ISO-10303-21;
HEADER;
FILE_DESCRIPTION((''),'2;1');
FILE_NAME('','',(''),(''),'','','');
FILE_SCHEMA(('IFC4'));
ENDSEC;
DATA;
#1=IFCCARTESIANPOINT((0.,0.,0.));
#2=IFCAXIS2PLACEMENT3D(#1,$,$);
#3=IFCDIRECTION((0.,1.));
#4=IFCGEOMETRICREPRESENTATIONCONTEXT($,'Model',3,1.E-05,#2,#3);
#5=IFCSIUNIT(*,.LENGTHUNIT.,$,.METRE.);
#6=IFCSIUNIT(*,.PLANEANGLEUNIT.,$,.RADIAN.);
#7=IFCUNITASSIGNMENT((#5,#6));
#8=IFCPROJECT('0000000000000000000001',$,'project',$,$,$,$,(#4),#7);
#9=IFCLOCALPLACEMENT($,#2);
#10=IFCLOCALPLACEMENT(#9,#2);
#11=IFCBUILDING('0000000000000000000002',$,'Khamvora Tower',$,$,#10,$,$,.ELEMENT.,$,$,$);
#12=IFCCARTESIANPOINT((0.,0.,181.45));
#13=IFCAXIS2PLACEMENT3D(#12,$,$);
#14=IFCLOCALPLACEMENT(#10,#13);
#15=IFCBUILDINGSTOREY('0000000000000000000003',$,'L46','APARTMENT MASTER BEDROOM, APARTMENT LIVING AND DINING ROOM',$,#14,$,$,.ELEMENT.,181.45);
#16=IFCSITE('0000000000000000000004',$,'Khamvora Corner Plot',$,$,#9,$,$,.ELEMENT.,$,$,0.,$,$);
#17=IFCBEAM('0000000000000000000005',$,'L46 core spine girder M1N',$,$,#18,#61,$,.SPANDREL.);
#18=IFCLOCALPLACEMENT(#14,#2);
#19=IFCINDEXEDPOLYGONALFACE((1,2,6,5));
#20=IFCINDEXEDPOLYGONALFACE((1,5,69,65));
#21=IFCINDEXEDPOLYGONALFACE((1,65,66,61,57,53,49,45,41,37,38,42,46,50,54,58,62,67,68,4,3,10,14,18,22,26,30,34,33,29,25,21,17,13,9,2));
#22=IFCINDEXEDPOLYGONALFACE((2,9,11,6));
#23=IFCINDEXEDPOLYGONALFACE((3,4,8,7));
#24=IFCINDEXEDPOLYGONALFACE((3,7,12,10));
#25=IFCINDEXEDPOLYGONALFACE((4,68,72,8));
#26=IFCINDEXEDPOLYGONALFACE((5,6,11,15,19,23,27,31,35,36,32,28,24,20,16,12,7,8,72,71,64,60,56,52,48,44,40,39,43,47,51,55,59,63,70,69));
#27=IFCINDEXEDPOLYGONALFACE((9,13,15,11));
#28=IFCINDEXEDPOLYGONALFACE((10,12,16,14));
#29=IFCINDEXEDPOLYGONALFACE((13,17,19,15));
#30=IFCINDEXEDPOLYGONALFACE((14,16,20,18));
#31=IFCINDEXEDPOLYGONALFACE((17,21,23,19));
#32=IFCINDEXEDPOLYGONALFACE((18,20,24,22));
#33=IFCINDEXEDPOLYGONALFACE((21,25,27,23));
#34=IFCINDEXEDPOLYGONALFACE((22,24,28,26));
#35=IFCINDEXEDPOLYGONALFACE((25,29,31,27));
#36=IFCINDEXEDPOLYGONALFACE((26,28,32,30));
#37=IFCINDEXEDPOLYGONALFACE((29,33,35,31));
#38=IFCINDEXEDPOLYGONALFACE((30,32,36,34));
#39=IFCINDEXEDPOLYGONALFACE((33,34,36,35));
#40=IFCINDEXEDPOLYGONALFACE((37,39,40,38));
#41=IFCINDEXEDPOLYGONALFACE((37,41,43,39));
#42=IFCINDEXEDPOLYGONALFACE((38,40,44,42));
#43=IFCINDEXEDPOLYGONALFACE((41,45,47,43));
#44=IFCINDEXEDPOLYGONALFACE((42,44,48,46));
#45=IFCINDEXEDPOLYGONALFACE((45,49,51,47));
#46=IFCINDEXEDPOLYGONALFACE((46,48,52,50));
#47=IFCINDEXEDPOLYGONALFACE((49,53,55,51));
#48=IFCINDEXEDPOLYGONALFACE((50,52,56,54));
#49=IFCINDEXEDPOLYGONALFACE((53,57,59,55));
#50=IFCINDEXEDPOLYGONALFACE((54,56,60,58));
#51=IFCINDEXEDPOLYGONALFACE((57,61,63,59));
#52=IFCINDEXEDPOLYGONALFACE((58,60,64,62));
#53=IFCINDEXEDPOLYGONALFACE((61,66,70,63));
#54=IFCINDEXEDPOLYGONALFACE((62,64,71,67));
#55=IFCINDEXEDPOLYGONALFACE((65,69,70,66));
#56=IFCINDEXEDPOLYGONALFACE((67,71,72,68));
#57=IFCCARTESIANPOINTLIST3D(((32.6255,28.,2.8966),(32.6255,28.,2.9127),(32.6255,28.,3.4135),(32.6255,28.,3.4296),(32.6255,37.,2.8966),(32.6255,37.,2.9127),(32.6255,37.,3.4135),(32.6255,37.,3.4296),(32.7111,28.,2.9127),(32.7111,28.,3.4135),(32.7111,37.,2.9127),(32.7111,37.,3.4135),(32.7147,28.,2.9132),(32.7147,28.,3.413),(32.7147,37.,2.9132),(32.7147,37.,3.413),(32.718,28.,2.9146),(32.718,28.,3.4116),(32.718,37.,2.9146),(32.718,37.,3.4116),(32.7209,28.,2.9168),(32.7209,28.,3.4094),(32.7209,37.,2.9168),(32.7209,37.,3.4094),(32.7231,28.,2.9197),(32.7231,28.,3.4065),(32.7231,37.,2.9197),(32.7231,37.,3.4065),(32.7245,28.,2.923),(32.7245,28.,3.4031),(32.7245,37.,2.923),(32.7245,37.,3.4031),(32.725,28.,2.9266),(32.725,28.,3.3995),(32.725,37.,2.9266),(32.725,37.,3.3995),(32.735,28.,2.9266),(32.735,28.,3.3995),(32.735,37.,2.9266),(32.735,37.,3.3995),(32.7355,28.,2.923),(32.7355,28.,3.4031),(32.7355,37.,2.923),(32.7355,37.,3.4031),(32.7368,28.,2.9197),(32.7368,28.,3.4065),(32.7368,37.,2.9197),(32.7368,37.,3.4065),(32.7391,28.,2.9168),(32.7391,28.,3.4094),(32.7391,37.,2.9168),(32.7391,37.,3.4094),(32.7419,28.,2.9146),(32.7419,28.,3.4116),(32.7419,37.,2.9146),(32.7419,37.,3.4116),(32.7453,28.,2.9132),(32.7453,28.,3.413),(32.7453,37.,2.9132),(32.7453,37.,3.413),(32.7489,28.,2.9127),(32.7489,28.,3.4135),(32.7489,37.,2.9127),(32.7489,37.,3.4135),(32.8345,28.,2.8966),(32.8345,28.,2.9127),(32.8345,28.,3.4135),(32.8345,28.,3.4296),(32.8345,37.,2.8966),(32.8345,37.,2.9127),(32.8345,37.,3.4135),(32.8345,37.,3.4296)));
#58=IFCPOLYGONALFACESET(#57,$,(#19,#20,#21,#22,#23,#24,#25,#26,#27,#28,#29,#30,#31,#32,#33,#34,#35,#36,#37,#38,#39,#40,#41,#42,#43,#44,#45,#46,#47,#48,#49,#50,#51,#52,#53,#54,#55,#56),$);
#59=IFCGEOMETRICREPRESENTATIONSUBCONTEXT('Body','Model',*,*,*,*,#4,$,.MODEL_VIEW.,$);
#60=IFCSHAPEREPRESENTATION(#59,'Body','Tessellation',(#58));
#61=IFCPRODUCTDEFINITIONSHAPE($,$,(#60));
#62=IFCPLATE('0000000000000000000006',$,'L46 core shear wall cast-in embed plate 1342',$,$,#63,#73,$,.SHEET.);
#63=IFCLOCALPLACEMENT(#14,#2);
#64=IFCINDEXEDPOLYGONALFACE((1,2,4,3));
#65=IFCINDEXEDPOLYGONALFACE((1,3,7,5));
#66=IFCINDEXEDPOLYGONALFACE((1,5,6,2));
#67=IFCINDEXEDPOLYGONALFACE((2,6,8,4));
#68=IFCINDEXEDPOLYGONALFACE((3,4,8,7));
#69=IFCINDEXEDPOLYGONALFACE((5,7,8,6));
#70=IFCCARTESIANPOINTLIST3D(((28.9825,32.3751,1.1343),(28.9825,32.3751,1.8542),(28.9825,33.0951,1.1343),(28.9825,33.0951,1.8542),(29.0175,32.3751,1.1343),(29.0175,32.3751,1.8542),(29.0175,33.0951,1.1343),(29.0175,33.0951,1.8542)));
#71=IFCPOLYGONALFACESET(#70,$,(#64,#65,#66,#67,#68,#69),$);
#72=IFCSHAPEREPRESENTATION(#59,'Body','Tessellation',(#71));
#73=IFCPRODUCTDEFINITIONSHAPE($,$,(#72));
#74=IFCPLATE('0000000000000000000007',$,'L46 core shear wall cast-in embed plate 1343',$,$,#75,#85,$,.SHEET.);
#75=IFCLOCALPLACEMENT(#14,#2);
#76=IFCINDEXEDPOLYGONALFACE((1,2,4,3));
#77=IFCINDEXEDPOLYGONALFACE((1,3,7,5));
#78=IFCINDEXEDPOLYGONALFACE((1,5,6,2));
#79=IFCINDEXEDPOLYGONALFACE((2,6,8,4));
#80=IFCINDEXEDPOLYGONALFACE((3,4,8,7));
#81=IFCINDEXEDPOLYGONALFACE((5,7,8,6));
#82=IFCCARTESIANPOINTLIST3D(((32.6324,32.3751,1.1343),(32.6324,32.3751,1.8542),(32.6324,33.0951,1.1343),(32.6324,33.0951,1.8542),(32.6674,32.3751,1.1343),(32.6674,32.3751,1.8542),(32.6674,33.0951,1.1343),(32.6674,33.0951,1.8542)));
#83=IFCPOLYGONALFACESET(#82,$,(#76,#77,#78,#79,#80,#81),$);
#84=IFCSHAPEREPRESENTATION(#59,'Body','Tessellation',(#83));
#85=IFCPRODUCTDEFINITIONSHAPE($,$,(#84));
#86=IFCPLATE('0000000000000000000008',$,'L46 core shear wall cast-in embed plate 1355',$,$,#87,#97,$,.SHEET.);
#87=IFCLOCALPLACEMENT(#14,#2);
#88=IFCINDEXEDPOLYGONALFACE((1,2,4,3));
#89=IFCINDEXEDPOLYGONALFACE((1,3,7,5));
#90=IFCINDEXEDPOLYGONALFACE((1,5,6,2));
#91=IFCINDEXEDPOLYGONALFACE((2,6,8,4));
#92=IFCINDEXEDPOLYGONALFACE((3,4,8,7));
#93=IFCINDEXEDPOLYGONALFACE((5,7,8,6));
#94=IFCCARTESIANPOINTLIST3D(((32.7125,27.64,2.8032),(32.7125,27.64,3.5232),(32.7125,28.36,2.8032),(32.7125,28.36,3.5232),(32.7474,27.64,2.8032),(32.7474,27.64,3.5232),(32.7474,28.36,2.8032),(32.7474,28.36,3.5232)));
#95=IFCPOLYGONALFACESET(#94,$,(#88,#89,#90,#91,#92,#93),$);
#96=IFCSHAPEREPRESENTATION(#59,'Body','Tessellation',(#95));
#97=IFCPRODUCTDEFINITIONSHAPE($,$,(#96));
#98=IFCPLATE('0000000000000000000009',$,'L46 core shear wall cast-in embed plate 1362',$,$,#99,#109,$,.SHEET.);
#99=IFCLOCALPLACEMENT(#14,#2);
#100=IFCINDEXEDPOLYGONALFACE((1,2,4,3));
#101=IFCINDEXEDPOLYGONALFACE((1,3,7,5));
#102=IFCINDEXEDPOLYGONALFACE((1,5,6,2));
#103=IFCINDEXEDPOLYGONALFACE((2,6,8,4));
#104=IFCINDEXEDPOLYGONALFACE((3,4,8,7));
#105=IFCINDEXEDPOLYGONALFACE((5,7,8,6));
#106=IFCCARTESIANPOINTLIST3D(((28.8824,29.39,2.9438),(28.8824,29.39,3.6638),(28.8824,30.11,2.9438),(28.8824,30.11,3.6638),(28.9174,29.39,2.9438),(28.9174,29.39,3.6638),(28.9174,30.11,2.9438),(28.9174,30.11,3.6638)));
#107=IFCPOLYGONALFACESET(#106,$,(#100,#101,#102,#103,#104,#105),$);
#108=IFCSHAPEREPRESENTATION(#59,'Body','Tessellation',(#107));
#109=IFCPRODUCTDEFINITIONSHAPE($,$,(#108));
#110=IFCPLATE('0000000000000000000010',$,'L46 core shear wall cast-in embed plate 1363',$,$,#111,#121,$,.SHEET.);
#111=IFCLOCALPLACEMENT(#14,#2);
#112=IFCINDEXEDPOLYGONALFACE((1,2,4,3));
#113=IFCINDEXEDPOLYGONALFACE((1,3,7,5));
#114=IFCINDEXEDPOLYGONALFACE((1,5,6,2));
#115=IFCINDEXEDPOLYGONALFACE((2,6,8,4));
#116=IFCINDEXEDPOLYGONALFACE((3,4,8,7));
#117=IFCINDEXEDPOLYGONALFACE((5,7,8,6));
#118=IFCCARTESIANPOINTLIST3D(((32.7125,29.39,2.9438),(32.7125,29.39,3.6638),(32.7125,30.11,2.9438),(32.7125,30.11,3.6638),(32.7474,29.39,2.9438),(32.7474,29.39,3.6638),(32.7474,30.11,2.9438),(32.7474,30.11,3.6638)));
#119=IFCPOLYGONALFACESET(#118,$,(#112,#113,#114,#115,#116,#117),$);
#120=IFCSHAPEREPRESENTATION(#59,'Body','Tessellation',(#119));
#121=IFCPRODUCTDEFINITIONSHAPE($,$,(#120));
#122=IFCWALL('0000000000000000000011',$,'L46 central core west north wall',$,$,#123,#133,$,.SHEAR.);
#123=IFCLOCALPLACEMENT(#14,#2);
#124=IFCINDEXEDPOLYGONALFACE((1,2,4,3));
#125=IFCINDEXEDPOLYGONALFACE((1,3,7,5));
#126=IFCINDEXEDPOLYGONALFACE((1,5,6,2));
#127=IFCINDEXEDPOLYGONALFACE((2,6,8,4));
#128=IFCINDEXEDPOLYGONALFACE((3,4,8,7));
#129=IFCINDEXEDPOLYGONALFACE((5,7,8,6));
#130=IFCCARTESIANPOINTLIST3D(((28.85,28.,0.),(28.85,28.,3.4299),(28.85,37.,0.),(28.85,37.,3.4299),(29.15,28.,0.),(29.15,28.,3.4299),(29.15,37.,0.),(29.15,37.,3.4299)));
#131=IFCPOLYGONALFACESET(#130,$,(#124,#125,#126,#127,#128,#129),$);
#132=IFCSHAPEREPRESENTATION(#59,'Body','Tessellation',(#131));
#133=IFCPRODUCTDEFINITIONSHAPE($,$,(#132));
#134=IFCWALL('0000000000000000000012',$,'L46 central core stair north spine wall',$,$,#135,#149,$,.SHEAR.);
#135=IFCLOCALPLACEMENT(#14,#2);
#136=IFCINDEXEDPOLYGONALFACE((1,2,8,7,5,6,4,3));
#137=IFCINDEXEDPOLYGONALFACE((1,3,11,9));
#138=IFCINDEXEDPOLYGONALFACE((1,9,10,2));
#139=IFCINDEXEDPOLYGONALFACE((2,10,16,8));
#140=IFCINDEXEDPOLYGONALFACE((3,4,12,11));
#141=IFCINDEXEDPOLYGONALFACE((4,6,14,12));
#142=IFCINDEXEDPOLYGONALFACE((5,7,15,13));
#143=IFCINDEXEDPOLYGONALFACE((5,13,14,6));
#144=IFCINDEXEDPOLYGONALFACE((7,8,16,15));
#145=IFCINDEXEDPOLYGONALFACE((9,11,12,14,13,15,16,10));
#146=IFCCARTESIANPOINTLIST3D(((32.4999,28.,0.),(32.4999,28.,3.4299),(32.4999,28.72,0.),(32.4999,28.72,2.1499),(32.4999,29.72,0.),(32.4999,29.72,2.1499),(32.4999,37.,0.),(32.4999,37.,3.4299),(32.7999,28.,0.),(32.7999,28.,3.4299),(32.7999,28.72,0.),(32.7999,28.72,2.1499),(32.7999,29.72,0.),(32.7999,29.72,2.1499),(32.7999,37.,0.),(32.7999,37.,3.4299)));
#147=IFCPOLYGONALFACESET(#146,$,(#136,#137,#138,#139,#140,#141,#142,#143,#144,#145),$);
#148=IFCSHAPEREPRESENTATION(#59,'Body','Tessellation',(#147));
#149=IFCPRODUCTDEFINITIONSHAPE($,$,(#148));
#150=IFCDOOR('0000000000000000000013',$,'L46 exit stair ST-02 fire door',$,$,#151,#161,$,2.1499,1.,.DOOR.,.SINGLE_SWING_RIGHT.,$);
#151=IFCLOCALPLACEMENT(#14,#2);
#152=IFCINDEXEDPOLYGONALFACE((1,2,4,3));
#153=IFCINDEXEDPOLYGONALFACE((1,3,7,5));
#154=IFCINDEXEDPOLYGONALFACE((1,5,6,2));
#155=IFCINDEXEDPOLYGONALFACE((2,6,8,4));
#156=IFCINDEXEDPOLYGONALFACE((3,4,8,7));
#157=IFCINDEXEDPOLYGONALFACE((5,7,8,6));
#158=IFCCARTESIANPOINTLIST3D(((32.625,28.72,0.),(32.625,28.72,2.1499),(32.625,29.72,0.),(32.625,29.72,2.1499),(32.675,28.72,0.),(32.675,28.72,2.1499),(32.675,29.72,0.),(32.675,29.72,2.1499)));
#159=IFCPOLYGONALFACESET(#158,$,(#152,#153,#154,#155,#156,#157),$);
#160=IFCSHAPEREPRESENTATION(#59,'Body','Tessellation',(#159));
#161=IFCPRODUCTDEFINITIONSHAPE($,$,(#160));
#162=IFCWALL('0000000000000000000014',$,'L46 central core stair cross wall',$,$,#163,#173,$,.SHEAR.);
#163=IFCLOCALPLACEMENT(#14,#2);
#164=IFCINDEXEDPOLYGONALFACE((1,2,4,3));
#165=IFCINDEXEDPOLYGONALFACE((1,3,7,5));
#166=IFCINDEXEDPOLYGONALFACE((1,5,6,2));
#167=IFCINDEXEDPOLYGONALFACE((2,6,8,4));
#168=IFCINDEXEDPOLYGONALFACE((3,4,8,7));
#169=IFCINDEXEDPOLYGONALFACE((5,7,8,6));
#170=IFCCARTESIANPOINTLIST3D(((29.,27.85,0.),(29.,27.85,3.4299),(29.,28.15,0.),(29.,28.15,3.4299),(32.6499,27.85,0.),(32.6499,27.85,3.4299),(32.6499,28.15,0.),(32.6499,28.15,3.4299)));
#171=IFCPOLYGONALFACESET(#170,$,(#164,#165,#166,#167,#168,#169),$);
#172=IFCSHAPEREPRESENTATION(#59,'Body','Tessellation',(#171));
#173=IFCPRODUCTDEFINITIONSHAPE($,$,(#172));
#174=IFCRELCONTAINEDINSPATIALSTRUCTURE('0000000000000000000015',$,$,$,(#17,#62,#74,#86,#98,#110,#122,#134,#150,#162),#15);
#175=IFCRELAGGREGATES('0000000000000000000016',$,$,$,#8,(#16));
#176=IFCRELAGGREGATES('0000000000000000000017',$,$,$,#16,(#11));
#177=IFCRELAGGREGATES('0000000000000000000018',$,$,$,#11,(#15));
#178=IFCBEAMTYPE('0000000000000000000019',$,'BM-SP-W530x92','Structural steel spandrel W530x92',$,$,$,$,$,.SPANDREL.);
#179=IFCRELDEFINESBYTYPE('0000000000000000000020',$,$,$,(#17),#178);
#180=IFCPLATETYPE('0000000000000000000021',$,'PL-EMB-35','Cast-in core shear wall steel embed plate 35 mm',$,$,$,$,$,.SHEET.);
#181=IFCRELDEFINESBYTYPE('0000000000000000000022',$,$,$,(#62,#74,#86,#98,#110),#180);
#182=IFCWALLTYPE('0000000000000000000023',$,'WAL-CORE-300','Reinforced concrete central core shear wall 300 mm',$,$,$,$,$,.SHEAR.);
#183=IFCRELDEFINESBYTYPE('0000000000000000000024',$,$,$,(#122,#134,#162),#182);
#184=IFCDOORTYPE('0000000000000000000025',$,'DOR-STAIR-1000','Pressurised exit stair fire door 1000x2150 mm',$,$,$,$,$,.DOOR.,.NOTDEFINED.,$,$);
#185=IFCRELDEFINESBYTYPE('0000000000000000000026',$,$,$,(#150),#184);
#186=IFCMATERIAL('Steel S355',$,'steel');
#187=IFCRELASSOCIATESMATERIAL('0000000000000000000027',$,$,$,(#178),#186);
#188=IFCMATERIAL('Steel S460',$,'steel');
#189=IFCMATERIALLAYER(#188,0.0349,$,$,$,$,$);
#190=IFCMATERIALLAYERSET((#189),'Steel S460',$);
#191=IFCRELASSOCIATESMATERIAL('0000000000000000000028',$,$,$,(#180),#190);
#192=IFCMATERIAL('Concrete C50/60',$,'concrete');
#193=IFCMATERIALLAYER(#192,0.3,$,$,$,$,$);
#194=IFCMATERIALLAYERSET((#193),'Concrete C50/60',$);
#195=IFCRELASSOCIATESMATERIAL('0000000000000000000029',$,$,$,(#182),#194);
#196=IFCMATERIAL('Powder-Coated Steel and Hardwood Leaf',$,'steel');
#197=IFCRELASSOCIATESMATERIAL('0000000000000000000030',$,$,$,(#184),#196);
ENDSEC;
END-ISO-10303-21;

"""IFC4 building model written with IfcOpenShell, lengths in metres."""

from ifc_helpers import new_model, si_unit, direction, frame, frame_2d, origin, origin_2d, place, context, subcontext, project, spatial, rectangle, i_section, extrude, material, layer, layer_set, material_profile, profile_set, type_object, element, fill, save


model = new_model("IFC4")

# Units and contexts
model_context = context("Model", 3, precision=1e-05, world=origin(), true_north=direction((0.0, 1.0)))
body_context = subcontext(model_context, "Body", "Model", "MODEL_VIEW")
ifc_project = project(units=[si_unit("LENGTHUNIT", "METRE"), si_unit("PLANEANGLEUNIT", "RADIAN")], contexts=[model_context])

# Site, building, storey
site_placement = place(None, origin())
site = spatial("IfcSite", under=ifc_project, at=site_placement, Name="Khamvora Corner Plot", CompositionType="ELEMENT", RefElevation=0.0)
building_placement = place(site_placement, origin())
building = spatial("IfcBuilding", under=site, at=building_placement, Name="Khamvora Tower", CompositionType="ELEMENT")
storey_placement = place(building_placement, frame((0.0, 0.0, 181.45)))
storey = spatial("IfcBuildingStorey", under=building, at=storey_placement, Name="L46", Description="APARTMENT MASTER BEDROOM, APARTMENT LIVING AND DINING ROOM", CompositionType="ELEMENT", Elevation=181.45)

# Shared definitions
ifc_material_1 = material(Name="Steel S460", Category="steel")

# Beam
ifc_material_2 = material(Name="Steel S355", Category="steel")
ifc_material_profile_1 = material_profile(ifc_material_2, i_section(OverallWidth=0.209, OverallDepth=0.533, WebThickness=0.01, FlangeThickness=0.0161, FilletRadius=0.0139, at=origin_2d()), Name="W530x92")
ifc_profile_set_1 = profile_set([ifc_material_profile_1], Name="Steel S355")
beam_type_1 = type_object("IfcBeamType", Name="BM-SP-W530x92", Description="Structural steel spandrel W530x92", PredefinedType="SPANDREL", material=ifc_profile_set_1)
beam_1_placement = place(storey_placement, frame((32.73, 28.0, 3.1631), z_axis=(0.0, 1.0, 0.0), x_axis=(-1.0, 0.0, 0.0)))
element("IfcBeam", 1, at=beam_1_placement, inside=storey, type_object=beam_type_1, Name="L46 core spine girder M1N", PredefinedType="SPANDREL", context=body_context, shape_type="SweptSolid", body=[
    extrude(i_section(OverallWidth=0.209, OverallDepth=0.533, WebThickness=0.01, FlangeThickness=0.0161, FilletRadius=0.0139, at=origin_2d()), origin(), (0.0, 0.0, 1.0), 9.0),
])

# Plates
ifc_layer_1 = layer(ifc_material_1, 0.0349)
ifc_layer_set_1 = layer_set([ifc_layer_1], Name="Steel S460")
plate_type = type_object("IfcPlateType", Name="PL-EMB-35", Description="Cast-in core shear wall steel embed plate 35 mm", PredefinedType="SHEET", material=ifc_layer_set_1)
for number, where, z_axis, x_axis, name in (
    (2, (29.0, 32.7351, 1.1343), (0.0, 0.0, 1.0), (1.0, 0.0, 0.0), "L46 core shear wall cast-in embed plate 1342"),
    (3, (32.6499, 32.7351, 1.1343), (0.0, 0.0, 1.0), (1.0, 0.0, 0.0), "L46 core shear wall cast-in embed plate 1343"),
    (4, (32.73, 28.0, 2.8032), (0.0, 0.0, 1.0), (1.0, 0.0, 0.0), "L46 core shear wall cast-in embed plate 1355"),
    (5, (28.8999, 29.75, 2.9438), (0.0, 0.0, 1.0), (1.0, 0.0, 0.0), "L46 core shear wall cast-in embed plate 1362"),
    (6, (32.73, 29.75, 2.9438), (0.0, 0.0, 1.0), (1.0, 0.0, 0.0), "L46 core shear wall cast-in embed plate 1363"),
):
    element("IfcPlate", number, at=place(storey_placement, frame(where, z_axis=z_axis, x_axis=x_axis)), inside=storey, type_object=plate_type, Name=name, PredefinedType="SHEET", context=body_context, shape_type="SweptSolid", body=[
        extrude(rectangle(XDim=0.0349, YDim=0.72, at=origin_2d()), origin(), (0.0, 0.0, 1.0), 0.72),
    ])

# Wall
ifc_material_3 = material(Name="Concrete C50/60", Category="concrete")
ifc_layer_2 = layer(ifc_material_3, 0.3)
ifc_layer_set_2 = layer_set([ifc_layer_2], Name="Concrete C50/60")
wall_type = type_object("IfcWallType", Name="WAL-CORE-300", Description="Reinforced concrete central core shear wall 300 mm", PredefinedType="SHEAR", material=ifc_layer_set_2)
wall_1_placement = place(storey_placement, frame((29.0, 28.0, 0.0), z_axis=(0.0, 0.0, 1.0), x_axis=(0.0, 1.0, 0.0)))
element("IfcWall", 7, at=wall_1_placement, inside=storey, type_object=wall_type, Name="L46 central core west north wall", PredefinedType="SHEAR", context=body_context, shape_type="SweptSolid", body=[
    extrude(rectangle(XDim=9.0, YDim=0.3, at=frame_2d((4.5, 0.0))), origin(), (0.0, 0.0, 1.0), 3.4299),
])

# Wall, opening, door
wall_2_placement = place(storey_placement, frame((32.6499, 28.0, 0.0), z_axis=(0.0, 0.0, 1.0), x_axis=(0.0, 1.0, 0.0)))
wall_2 = element("IfcWall", 8, at=wall_2_placement, inside=storey, type_object=wall_type, Name="L46 central core stair north spine wall", PredefinedType="SHEAR", context=body_context, shape_type="SweptSolid", body=[
    extrude(rectangle(XDim=9.0, YDim=0.3, at=frame_2d((4.5, 0.0))), origin(), (0.0, 0.0, 1.0), 3.4299),
])
opening_placement = place(wall_2_placement, frame((0.72, 0.0, 0.0)))
opening = element("IfcOpeningElement", 9, at=opening_placement, cuts=wall_2, PredefinedType="OPENING", context=body_context, shape_type="SweptSolid", body=[
    extrude(rectangle(XDim=1.0, YDim=2.1499, at=frame_2d((0.5, 1.075))), frame((0.0, 0.1599, 0.0), z_axis=(0.0, -1.0, 0.0), x_axis=(1.0, 0.0, 0.0)), (0.0, 0.0, 1.0), 0.3201),
])
ifc_material_4 = material(Name="Powder-Coated Steel and Hardwood Leaf", Category="steel")
door_type = type_object("IfcDoorType", Name="DOR-STAIR-1000", Description="Pressurised exit stair fire door 1000x2150 mm", OperationType="NOTDEFINED", PredefinedType="DOOR", material=ifc_material_4)
door_placement = place(opening_placement, origin())
door = element("IfcDoor", 10, at=door_placement, inside=storey, type_object=door_type, Name="L46 exit stair ST-02 fire door", OperationType="SINGLE_SWING_RIGHT", OverallHeight=2.1499, OverallWidth=1.0, PredefinedType="DOOR", context=body_context, shape_type="SweptSolid", body=[
    extrude(rectangle(XDim=1.0, YDim=2.1499, at=frame_2d((0.5, 1.075))), frame((0.0, 0.0249, 0.0), z_axis=(0.0, -1.0, 0.0), x_axis=(1.0, 0.0, 0.0)), (0.0, 0.0, 1.0), 0.05),
])
fill(opening, door)

# Wall
wall_3_placement = place(storey_placement, frame((29.0, 28.0, 0.0), z_axis=(0.0, 0.0, 1.0), x_axis=(1.0, 0.0, 0.0)))
element("IfcWall", 11, at=wall_3_placement, inside=storey, type_object=wall_type, Name="L46 central core stair cross wall", PredefinedType="SHEAR", context=body_context, shape_type="SweptSolid", body=[
    extrude(rectangle(XDim=3.6499, YDim=0.3, at=frame_2d((1.825, 0.0))), origin(), (0.0, 0.0, 1.0), 3.4299),
])

save(model, "model.ifc")
